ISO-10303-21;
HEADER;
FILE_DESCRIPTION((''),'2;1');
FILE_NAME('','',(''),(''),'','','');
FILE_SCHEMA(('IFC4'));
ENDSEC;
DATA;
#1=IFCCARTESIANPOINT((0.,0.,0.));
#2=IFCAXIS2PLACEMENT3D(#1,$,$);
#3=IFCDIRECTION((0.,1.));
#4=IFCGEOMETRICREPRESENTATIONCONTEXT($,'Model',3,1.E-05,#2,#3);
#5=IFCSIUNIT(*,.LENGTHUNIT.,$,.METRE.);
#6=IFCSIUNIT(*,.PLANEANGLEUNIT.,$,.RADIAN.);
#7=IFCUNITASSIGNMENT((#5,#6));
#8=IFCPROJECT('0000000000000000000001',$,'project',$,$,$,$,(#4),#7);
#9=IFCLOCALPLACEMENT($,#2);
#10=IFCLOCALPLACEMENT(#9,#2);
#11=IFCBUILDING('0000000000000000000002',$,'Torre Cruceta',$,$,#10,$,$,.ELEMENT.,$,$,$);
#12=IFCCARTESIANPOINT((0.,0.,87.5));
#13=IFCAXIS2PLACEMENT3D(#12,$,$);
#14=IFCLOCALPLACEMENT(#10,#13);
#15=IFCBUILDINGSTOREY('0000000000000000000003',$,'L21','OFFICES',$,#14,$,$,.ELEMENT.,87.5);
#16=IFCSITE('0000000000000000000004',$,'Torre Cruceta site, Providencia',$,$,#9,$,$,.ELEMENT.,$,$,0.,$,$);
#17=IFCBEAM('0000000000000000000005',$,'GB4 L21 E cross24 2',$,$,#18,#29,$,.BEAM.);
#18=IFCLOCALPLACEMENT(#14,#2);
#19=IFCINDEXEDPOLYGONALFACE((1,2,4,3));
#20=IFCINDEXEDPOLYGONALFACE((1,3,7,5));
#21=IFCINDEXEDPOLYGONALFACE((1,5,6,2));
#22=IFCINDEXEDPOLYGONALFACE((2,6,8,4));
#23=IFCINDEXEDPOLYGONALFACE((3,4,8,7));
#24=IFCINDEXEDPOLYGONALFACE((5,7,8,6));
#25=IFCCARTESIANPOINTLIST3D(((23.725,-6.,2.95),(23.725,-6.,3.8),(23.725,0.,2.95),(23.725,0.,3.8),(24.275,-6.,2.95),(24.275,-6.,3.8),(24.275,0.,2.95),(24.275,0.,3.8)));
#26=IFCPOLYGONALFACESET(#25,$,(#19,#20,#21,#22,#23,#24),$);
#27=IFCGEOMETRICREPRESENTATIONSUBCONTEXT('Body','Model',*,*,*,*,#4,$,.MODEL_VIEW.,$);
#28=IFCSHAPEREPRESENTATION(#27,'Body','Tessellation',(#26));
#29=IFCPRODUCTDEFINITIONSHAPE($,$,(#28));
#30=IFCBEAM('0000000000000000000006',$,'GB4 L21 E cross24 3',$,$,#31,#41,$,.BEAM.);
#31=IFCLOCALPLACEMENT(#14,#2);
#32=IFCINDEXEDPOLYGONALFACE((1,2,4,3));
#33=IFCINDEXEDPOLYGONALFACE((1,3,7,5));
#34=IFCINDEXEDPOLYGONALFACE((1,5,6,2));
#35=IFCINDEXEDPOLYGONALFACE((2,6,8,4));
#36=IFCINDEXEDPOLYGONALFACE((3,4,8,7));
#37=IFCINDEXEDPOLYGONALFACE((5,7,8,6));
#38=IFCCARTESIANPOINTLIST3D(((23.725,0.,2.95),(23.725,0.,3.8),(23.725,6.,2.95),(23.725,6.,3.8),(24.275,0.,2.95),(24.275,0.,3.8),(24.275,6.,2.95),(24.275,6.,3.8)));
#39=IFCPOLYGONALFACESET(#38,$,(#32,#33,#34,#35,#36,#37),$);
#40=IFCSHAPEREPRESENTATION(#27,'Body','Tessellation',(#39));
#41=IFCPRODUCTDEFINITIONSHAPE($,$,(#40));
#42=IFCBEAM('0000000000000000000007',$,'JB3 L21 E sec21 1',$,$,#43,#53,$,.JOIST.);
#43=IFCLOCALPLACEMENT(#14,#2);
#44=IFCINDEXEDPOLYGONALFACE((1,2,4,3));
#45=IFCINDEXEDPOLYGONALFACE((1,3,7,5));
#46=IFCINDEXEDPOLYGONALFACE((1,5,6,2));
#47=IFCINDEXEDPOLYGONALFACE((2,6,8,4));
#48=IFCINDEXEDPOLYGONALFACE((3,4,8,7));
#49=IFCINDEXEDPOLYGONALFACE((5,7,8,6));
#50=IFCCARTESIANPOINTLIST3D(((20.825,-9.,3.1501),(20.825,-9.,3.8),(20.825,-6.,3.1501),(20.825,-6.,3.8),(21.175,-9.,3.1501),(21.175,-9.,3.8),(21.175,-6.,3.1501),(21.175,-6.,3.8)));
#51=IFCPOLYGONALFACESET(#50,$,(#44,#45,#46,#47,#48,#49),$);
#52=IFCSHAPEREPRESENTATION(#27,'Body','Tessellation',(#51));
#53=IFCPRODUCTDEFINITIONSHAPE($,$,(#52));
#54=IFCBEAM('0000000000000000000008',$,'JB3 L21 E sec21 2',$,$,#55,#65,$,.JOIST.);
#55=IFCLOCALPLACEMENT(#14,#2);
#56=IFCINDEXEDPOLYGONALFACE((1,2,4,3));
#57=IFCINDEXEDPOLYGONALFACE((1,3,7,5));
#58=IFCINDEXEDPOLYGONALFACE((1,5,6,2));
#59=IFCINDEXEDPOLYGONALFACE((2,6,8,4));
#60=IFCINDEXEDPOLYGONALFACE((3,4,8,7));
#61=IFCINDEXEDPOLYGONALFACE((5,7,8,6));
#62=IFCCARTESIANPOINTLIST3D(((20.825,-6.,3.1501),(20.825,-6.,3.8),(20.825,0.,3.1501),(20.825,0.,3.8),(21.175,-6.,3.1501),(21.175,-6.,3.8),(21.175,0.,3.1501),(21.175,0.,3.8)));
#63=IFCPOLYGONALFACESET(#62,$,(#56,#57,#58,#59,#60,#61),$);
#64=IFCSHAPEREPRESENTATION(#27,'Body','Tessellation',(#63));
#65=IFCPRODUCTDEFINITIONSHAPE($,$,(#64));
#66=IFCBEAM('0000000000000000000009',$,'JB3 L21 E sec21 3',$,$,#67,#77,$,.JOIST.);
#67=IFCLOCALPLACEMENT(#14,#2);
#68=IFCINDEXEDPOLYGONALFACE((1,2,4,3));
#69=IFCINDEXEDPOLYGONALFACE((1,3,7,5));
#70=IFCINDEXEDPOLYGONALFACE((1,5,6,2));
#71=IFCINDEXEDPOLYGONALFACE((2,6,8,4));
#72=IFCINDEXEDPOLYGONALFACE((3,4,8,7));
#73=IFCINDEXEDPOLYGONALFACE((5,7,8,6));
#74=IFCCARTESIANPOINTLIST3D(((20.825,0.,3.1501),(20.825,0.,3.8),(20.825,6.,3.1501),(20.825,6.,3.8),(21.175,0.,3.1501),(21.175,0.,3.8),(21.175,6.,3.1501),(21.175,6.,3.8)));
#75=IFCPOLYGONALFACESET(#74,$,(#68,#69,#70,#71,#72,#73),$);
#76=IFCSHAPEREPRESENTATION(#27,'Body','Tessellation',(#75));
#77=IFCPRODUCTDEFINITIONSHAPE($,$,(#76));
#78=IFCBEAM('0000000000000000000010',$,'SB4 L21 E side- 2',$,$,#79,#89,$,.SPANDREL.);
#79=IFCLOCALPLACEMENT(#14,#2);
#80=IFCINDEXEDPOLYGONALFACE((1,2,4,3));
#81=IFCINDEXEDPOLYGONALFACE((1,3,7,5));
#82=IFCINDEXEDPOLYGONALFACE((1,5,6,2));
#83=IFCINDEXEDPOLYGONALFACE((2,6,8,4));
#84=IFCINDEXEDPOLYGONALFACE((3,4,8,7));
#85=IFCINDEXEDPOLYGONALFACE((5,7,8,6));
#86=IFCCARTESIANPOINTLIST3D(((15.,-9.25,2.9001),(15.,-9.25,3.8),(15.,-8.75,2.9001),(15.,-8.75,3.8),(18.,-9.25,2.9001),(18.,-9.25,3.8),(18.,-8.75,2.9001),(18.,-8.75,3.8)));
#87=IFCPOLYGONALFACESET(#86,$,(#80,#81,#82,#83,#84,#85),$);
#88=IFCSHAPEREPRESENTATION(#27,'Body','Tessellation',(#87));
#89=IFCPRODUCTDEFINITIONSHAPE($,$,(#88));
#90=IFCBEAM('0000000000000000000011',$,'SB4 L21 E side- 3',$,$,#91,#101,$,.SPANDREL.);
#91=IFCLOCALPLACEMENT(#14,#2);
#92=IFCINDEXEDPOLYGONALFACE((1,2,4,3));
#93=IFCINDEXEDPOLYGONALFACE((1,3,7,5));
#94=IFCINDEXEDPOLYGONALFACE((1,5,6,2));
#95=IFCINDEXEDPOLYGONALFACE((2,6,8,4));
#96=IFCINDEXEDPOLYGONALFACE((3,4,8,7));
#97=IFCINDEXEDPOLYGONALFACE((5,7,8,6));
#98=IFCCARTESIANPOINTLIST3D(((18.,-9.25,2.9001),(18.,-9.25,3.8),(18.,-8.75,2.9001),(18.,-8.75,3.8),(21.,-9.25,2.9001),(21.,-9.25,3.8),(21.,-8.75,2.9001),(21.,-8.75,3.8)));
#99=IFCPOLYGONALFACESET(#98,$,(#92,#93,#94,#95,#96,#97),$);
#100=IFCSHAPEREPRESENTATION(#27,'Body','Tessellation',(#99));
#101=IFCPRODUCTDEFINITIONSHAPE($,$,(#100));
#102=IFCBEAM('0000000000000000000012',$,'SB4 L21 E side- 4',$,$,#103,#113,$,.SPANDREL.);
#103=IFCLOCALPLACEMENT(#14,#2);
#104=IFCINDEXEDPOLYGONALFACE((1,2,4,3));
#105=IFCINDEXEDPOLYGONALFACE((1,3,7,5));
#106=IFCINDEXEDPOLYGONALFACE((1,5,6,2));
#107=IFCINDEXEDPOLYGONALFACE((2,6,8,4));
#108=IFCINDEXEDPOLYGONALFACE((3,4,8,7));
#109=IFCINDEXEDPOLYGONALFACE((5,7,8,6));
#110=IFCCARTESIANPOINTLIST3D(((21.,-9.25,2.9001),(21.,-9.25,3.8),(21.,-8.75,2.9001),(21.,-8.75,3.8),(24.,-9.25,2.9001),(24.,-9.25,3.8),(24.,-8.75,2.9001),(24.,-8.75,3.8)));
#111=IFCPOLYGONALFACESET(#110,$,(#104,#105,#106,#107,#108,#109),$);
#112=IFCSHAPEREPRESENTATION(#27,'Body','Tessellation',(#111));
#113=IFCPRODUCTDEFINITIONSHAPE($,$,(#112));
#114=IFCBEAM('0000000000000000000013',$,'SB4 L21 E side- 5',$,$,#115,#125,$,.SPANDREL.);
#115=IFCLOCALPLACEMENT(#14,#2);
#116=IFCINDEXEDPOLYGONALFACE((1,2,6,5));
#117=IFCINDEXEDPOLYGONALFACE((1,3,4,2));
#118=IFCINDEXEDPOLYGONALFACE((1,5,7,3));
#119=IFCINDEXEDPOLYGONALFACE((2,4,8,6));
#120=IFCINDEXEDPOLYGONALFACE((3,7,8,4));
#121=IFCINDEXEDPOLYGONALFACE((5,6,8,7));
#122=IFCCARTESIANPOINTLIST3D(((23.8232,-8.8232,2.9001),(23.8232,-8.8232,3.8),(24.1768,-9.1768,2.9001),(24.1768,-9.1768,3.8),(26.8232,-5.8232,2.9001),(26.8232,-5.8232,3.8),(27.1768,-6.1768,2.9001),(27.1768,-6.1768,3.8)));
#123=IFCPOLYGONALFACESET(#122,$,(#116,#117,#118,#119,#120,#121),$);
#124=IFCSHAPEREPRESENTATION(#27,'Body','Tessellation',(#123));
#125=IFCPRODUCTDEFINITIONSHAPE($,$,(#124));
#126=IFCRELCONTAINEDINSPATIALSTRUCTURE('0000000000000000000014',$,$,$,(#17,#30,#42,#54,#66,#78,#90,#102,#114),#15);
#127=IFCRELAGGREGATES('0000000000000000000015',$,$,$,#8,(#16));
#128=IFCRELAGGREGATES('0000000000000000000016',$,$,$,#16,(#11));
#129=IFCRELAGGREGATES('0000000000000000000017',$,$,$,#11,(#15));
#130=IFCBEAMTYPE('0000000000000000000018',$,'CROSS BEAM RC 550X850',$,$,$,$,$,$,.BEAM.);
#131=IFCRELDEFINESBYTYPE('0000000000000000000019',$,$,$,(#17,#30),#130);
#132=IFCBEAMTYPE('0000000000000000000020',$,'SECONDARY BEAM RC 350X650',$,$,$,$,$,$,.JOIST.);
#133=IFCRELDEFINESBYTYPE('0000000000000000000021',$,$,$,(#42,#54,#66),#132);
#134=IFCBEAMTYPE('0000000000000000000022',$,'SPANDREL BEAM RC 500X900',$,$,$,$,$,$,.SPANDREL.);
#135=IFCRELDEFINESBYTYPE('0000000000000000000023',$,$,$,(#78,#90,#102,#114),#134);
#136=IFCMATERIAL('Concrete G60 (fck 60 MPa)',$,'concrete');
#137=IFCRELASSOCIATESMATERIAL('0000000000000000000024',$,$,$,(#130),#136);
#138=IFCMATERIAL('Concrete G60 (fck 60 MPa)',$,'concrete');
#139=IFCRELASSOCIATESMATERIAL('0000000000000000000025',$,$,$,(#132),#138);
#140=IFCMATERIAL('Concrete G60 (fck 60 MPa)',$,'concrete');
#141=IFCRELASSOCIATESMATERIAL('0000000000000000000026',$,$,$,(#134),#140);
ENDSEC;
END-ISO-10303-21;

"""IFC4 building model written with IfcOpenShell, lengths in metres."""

from ifc_helpers import new_model, si_unit, direction, frame, origin, origin_2d, place, context, subcontext, project, spatial, rectangle, extrude, material, material_profile, profile_set, type_object, element, save


model = new_model("IFC4")

# Units and contexts
model_context = context("Model", 3, precision=1e-05, world=origin(), true_north=direction((0.0, 1.0)))
body_context = subcontext(model_context, "Body", "Model", "MODEL_VIEW")
ifc_project = project(units=[si_unit("LENGTHUNIT", "METRE"), si_unit("PLANEANGLEUNIT", "RADIAN")], contexts=[model_context])

# Site, building, storey
site_placement = place(None, origin())
site = spatial("IfcSite", under=ifc_project, at=site_placement, Name="Torre Cruceta site, Providencia", CompositionType="ELEMENT", RefElevation=0.0)
building_placement = place(site_placement, origin())
building = spatial("IfcBuilding", under=site, at=building_placement, Name="Torre Cruceta", CompositionType="ELEMENT")
storey_placement = place(building_placement, frame((0.0, 0.0, 87.5)))
storey = spatial("IfcBuildingStorey", under=building, at=storey_placement, Name="L21", Description="OFFICES", CompositionType="ELEMENT", Elevation=87.5)

# Beams
ifc_material_1 = material(Name="Concrete G60 (fck 60 MPa)", Category="concrete")
ifc_material_profile_1 = material_profile(ifc_material_1, rectangle(XDim=0.55, YDim=0.8501, at=origin_2d()), Name="RC 550X850")
ifc_profile_set_1 = profile_set([ifc_material_profile_1], Name="Concrete G60 (fck 60 MPa)")
beam_type_1 = type_object("IfcBeamType", Name="CROSS BEAM RC 550X850", PredefinedType="BEAM", material=ifc_profile_set_1)
for number, where, z_axis, x_axis, name in (
    (1, (24.0, -6.0, 3.375), (0.0, 1.0, 0.0), (-1.0, 0.0, 0.0), "GB4 L21 E cross24 2"),
    (2, (24.0, 0.0, 3.375), (0.0, 1.0, 0.0), (-1.0, 0.0, 0.0), "GB4 L21 E cross24 3"),
):
    element("IfcBeam", number, at=place(storey_placement, frame(where, z_axis=z_axis, x_axis=x_axis)), inside=storey, type_object=beam_type_1, Name=name, PredefinedType="BEAM", context=body_context, shape_type="SweptSolid", body=[
        extrude(rectangle(XDim=0.55, YDim=0.8501, at=origin_2d()), origin(), (0.0, 0.0, 1.0), 6.0),
    ])
ifc_material_2 = material(Name="Concrete G60 (fck 60 MPa)", Category="concrete")
ifc_material_profile_2 = material_profile(ifc_material_2, rectangle(XDim=0.3501, YDim=0.6499, at=origin_2d()), Name="RC 350X650")
ifc_profile_set_2 = profile_set([ifc_material_profile_2], Name="Concrete G60 (fck 60 MPa)")
beam_type_2 = type_object("IfcBeamType", Name="SECONDARY BEAM RC 350X650", PredefinedType="JOIST", material=ifc_profile_set_2)
beam_1_placement = place(storey_placement, frame((21.0, -9.0, 3.4751), z_axis=(0.0, 1.0, 0.0), x_axis=(-1.0, 0.0, 0.0)))
element("IfcBeam", 3, at=beam_1_placement, inside=storey, type_object=beam_type_2, Name="JB3 L21 E sec21 1", PredefinedType="JOIST", context=body_context, shape_type="SweptSolid", body=[
    extrude(rectangle(XDim=0.3501, YDim=0.6499, at=origin_2d()), origin(), (0.0, 0.0, 1.0), 3.0),
])
for number, where, z_axis, x_axis, name in (
    (4, (21.0, -6.0, 3.4751), (0.0, 1.0, 0.0), (-1.0, 0.0, 0.0), "JB3 L21 E sec21 2"),
    (5, (21.0, 0.0, 3.4751), (0.0, 1.0, 0.0), (-1.0, 0.0, 0.0), "JB3 L21 E sec21 3"),
):
    element("IfcBeam", number, at=place(storey_placement, frame(where, z_axis=z_axis, x_axis=x_axis)), inside=storey, type_object=beam_type_2, Name=name, PredefinedType="JOIST", context=body_context, shape_type="SweptSolid", body=[
        extrude(rectangle(XDim=0.3501, YDim=0.6499, at=origin_2d()), origin(), (0.0, 0.0, 1.0), 6.0),
    ])
ifc_material_3 = material(Name="Concrete G60 (fck 60 MPa)", Category="concrete")
ifc_material_profile_3 = material_profile(ifc_material_3, rectangle(XDim=0.5, YDim=0.8999, at=origin_2d()), Name="RC 500X900")
ifc_profile_set_3 = profile_set([ifc_material_profile_3], Name="Concrete G60 (fck 60 MPa)")
beam_type_3 = type_object("IfcBeamType", Name="SPANDREL BEAM RC 500X900", PredefinedType="SPANDREL", material=ifc_profile_set_3)
for number, where, z_axis, x_axis, name in (
    (6, (15.0, -9.0, 3.3501), (1.0, 0.0, 0.0), (0.0, 1.0, 0.0), "SB4 L21 E side- 2"),
    (7, (18.0, -9.0, 3.3501), (1.0, 0.0, 0.0), (0.0, 1.0, 0.0), "SB4 L21 E side- 3"),
    (8, (21.0, -9.0, 3.3501), (1.0, 0.0, 0.0), (0.0, 1.0, 0.0), "SB4 L21 E side- 4"),
):
    element("IfcBeam", number, at=place(storey_placement, frame(where, z_axis=z_axis, x_axis=x_axis)), inside=storey, type_object=beam_type_3, Name=name, PredefinedType="SPANDREL", context=body_context, shape_type="SweptSolid", body=[
        extrude(rectangle(XDim=0.5, YDim=0.8999, at=origin_2d()), origin(), (0.0, 0.0, 1.0), 3.0),
    ])
beam_2_placement = place(storey_placement, frame((24.0, -9.0, 3.3501), z_axis=(0.707107, 0.707107, 0.0), x_axis=(-0.707107, 0.707107, 0.0)))
element("IfcBeam", 9, at=beam_2_placement, inside=storey, type_object=beam_type_3, Name="SB4 L21 E side- 5", PredefinedType="SPANDREL", context=body_context, shape_type="SweptSolid", body=[
    extrude(rectangle(XDim=0.5, YDim=0.8999, at=origin_2d()), origin(), (0.0, 0.0, 1.0), 4.2427),
])

save(model, "model.ifc")
